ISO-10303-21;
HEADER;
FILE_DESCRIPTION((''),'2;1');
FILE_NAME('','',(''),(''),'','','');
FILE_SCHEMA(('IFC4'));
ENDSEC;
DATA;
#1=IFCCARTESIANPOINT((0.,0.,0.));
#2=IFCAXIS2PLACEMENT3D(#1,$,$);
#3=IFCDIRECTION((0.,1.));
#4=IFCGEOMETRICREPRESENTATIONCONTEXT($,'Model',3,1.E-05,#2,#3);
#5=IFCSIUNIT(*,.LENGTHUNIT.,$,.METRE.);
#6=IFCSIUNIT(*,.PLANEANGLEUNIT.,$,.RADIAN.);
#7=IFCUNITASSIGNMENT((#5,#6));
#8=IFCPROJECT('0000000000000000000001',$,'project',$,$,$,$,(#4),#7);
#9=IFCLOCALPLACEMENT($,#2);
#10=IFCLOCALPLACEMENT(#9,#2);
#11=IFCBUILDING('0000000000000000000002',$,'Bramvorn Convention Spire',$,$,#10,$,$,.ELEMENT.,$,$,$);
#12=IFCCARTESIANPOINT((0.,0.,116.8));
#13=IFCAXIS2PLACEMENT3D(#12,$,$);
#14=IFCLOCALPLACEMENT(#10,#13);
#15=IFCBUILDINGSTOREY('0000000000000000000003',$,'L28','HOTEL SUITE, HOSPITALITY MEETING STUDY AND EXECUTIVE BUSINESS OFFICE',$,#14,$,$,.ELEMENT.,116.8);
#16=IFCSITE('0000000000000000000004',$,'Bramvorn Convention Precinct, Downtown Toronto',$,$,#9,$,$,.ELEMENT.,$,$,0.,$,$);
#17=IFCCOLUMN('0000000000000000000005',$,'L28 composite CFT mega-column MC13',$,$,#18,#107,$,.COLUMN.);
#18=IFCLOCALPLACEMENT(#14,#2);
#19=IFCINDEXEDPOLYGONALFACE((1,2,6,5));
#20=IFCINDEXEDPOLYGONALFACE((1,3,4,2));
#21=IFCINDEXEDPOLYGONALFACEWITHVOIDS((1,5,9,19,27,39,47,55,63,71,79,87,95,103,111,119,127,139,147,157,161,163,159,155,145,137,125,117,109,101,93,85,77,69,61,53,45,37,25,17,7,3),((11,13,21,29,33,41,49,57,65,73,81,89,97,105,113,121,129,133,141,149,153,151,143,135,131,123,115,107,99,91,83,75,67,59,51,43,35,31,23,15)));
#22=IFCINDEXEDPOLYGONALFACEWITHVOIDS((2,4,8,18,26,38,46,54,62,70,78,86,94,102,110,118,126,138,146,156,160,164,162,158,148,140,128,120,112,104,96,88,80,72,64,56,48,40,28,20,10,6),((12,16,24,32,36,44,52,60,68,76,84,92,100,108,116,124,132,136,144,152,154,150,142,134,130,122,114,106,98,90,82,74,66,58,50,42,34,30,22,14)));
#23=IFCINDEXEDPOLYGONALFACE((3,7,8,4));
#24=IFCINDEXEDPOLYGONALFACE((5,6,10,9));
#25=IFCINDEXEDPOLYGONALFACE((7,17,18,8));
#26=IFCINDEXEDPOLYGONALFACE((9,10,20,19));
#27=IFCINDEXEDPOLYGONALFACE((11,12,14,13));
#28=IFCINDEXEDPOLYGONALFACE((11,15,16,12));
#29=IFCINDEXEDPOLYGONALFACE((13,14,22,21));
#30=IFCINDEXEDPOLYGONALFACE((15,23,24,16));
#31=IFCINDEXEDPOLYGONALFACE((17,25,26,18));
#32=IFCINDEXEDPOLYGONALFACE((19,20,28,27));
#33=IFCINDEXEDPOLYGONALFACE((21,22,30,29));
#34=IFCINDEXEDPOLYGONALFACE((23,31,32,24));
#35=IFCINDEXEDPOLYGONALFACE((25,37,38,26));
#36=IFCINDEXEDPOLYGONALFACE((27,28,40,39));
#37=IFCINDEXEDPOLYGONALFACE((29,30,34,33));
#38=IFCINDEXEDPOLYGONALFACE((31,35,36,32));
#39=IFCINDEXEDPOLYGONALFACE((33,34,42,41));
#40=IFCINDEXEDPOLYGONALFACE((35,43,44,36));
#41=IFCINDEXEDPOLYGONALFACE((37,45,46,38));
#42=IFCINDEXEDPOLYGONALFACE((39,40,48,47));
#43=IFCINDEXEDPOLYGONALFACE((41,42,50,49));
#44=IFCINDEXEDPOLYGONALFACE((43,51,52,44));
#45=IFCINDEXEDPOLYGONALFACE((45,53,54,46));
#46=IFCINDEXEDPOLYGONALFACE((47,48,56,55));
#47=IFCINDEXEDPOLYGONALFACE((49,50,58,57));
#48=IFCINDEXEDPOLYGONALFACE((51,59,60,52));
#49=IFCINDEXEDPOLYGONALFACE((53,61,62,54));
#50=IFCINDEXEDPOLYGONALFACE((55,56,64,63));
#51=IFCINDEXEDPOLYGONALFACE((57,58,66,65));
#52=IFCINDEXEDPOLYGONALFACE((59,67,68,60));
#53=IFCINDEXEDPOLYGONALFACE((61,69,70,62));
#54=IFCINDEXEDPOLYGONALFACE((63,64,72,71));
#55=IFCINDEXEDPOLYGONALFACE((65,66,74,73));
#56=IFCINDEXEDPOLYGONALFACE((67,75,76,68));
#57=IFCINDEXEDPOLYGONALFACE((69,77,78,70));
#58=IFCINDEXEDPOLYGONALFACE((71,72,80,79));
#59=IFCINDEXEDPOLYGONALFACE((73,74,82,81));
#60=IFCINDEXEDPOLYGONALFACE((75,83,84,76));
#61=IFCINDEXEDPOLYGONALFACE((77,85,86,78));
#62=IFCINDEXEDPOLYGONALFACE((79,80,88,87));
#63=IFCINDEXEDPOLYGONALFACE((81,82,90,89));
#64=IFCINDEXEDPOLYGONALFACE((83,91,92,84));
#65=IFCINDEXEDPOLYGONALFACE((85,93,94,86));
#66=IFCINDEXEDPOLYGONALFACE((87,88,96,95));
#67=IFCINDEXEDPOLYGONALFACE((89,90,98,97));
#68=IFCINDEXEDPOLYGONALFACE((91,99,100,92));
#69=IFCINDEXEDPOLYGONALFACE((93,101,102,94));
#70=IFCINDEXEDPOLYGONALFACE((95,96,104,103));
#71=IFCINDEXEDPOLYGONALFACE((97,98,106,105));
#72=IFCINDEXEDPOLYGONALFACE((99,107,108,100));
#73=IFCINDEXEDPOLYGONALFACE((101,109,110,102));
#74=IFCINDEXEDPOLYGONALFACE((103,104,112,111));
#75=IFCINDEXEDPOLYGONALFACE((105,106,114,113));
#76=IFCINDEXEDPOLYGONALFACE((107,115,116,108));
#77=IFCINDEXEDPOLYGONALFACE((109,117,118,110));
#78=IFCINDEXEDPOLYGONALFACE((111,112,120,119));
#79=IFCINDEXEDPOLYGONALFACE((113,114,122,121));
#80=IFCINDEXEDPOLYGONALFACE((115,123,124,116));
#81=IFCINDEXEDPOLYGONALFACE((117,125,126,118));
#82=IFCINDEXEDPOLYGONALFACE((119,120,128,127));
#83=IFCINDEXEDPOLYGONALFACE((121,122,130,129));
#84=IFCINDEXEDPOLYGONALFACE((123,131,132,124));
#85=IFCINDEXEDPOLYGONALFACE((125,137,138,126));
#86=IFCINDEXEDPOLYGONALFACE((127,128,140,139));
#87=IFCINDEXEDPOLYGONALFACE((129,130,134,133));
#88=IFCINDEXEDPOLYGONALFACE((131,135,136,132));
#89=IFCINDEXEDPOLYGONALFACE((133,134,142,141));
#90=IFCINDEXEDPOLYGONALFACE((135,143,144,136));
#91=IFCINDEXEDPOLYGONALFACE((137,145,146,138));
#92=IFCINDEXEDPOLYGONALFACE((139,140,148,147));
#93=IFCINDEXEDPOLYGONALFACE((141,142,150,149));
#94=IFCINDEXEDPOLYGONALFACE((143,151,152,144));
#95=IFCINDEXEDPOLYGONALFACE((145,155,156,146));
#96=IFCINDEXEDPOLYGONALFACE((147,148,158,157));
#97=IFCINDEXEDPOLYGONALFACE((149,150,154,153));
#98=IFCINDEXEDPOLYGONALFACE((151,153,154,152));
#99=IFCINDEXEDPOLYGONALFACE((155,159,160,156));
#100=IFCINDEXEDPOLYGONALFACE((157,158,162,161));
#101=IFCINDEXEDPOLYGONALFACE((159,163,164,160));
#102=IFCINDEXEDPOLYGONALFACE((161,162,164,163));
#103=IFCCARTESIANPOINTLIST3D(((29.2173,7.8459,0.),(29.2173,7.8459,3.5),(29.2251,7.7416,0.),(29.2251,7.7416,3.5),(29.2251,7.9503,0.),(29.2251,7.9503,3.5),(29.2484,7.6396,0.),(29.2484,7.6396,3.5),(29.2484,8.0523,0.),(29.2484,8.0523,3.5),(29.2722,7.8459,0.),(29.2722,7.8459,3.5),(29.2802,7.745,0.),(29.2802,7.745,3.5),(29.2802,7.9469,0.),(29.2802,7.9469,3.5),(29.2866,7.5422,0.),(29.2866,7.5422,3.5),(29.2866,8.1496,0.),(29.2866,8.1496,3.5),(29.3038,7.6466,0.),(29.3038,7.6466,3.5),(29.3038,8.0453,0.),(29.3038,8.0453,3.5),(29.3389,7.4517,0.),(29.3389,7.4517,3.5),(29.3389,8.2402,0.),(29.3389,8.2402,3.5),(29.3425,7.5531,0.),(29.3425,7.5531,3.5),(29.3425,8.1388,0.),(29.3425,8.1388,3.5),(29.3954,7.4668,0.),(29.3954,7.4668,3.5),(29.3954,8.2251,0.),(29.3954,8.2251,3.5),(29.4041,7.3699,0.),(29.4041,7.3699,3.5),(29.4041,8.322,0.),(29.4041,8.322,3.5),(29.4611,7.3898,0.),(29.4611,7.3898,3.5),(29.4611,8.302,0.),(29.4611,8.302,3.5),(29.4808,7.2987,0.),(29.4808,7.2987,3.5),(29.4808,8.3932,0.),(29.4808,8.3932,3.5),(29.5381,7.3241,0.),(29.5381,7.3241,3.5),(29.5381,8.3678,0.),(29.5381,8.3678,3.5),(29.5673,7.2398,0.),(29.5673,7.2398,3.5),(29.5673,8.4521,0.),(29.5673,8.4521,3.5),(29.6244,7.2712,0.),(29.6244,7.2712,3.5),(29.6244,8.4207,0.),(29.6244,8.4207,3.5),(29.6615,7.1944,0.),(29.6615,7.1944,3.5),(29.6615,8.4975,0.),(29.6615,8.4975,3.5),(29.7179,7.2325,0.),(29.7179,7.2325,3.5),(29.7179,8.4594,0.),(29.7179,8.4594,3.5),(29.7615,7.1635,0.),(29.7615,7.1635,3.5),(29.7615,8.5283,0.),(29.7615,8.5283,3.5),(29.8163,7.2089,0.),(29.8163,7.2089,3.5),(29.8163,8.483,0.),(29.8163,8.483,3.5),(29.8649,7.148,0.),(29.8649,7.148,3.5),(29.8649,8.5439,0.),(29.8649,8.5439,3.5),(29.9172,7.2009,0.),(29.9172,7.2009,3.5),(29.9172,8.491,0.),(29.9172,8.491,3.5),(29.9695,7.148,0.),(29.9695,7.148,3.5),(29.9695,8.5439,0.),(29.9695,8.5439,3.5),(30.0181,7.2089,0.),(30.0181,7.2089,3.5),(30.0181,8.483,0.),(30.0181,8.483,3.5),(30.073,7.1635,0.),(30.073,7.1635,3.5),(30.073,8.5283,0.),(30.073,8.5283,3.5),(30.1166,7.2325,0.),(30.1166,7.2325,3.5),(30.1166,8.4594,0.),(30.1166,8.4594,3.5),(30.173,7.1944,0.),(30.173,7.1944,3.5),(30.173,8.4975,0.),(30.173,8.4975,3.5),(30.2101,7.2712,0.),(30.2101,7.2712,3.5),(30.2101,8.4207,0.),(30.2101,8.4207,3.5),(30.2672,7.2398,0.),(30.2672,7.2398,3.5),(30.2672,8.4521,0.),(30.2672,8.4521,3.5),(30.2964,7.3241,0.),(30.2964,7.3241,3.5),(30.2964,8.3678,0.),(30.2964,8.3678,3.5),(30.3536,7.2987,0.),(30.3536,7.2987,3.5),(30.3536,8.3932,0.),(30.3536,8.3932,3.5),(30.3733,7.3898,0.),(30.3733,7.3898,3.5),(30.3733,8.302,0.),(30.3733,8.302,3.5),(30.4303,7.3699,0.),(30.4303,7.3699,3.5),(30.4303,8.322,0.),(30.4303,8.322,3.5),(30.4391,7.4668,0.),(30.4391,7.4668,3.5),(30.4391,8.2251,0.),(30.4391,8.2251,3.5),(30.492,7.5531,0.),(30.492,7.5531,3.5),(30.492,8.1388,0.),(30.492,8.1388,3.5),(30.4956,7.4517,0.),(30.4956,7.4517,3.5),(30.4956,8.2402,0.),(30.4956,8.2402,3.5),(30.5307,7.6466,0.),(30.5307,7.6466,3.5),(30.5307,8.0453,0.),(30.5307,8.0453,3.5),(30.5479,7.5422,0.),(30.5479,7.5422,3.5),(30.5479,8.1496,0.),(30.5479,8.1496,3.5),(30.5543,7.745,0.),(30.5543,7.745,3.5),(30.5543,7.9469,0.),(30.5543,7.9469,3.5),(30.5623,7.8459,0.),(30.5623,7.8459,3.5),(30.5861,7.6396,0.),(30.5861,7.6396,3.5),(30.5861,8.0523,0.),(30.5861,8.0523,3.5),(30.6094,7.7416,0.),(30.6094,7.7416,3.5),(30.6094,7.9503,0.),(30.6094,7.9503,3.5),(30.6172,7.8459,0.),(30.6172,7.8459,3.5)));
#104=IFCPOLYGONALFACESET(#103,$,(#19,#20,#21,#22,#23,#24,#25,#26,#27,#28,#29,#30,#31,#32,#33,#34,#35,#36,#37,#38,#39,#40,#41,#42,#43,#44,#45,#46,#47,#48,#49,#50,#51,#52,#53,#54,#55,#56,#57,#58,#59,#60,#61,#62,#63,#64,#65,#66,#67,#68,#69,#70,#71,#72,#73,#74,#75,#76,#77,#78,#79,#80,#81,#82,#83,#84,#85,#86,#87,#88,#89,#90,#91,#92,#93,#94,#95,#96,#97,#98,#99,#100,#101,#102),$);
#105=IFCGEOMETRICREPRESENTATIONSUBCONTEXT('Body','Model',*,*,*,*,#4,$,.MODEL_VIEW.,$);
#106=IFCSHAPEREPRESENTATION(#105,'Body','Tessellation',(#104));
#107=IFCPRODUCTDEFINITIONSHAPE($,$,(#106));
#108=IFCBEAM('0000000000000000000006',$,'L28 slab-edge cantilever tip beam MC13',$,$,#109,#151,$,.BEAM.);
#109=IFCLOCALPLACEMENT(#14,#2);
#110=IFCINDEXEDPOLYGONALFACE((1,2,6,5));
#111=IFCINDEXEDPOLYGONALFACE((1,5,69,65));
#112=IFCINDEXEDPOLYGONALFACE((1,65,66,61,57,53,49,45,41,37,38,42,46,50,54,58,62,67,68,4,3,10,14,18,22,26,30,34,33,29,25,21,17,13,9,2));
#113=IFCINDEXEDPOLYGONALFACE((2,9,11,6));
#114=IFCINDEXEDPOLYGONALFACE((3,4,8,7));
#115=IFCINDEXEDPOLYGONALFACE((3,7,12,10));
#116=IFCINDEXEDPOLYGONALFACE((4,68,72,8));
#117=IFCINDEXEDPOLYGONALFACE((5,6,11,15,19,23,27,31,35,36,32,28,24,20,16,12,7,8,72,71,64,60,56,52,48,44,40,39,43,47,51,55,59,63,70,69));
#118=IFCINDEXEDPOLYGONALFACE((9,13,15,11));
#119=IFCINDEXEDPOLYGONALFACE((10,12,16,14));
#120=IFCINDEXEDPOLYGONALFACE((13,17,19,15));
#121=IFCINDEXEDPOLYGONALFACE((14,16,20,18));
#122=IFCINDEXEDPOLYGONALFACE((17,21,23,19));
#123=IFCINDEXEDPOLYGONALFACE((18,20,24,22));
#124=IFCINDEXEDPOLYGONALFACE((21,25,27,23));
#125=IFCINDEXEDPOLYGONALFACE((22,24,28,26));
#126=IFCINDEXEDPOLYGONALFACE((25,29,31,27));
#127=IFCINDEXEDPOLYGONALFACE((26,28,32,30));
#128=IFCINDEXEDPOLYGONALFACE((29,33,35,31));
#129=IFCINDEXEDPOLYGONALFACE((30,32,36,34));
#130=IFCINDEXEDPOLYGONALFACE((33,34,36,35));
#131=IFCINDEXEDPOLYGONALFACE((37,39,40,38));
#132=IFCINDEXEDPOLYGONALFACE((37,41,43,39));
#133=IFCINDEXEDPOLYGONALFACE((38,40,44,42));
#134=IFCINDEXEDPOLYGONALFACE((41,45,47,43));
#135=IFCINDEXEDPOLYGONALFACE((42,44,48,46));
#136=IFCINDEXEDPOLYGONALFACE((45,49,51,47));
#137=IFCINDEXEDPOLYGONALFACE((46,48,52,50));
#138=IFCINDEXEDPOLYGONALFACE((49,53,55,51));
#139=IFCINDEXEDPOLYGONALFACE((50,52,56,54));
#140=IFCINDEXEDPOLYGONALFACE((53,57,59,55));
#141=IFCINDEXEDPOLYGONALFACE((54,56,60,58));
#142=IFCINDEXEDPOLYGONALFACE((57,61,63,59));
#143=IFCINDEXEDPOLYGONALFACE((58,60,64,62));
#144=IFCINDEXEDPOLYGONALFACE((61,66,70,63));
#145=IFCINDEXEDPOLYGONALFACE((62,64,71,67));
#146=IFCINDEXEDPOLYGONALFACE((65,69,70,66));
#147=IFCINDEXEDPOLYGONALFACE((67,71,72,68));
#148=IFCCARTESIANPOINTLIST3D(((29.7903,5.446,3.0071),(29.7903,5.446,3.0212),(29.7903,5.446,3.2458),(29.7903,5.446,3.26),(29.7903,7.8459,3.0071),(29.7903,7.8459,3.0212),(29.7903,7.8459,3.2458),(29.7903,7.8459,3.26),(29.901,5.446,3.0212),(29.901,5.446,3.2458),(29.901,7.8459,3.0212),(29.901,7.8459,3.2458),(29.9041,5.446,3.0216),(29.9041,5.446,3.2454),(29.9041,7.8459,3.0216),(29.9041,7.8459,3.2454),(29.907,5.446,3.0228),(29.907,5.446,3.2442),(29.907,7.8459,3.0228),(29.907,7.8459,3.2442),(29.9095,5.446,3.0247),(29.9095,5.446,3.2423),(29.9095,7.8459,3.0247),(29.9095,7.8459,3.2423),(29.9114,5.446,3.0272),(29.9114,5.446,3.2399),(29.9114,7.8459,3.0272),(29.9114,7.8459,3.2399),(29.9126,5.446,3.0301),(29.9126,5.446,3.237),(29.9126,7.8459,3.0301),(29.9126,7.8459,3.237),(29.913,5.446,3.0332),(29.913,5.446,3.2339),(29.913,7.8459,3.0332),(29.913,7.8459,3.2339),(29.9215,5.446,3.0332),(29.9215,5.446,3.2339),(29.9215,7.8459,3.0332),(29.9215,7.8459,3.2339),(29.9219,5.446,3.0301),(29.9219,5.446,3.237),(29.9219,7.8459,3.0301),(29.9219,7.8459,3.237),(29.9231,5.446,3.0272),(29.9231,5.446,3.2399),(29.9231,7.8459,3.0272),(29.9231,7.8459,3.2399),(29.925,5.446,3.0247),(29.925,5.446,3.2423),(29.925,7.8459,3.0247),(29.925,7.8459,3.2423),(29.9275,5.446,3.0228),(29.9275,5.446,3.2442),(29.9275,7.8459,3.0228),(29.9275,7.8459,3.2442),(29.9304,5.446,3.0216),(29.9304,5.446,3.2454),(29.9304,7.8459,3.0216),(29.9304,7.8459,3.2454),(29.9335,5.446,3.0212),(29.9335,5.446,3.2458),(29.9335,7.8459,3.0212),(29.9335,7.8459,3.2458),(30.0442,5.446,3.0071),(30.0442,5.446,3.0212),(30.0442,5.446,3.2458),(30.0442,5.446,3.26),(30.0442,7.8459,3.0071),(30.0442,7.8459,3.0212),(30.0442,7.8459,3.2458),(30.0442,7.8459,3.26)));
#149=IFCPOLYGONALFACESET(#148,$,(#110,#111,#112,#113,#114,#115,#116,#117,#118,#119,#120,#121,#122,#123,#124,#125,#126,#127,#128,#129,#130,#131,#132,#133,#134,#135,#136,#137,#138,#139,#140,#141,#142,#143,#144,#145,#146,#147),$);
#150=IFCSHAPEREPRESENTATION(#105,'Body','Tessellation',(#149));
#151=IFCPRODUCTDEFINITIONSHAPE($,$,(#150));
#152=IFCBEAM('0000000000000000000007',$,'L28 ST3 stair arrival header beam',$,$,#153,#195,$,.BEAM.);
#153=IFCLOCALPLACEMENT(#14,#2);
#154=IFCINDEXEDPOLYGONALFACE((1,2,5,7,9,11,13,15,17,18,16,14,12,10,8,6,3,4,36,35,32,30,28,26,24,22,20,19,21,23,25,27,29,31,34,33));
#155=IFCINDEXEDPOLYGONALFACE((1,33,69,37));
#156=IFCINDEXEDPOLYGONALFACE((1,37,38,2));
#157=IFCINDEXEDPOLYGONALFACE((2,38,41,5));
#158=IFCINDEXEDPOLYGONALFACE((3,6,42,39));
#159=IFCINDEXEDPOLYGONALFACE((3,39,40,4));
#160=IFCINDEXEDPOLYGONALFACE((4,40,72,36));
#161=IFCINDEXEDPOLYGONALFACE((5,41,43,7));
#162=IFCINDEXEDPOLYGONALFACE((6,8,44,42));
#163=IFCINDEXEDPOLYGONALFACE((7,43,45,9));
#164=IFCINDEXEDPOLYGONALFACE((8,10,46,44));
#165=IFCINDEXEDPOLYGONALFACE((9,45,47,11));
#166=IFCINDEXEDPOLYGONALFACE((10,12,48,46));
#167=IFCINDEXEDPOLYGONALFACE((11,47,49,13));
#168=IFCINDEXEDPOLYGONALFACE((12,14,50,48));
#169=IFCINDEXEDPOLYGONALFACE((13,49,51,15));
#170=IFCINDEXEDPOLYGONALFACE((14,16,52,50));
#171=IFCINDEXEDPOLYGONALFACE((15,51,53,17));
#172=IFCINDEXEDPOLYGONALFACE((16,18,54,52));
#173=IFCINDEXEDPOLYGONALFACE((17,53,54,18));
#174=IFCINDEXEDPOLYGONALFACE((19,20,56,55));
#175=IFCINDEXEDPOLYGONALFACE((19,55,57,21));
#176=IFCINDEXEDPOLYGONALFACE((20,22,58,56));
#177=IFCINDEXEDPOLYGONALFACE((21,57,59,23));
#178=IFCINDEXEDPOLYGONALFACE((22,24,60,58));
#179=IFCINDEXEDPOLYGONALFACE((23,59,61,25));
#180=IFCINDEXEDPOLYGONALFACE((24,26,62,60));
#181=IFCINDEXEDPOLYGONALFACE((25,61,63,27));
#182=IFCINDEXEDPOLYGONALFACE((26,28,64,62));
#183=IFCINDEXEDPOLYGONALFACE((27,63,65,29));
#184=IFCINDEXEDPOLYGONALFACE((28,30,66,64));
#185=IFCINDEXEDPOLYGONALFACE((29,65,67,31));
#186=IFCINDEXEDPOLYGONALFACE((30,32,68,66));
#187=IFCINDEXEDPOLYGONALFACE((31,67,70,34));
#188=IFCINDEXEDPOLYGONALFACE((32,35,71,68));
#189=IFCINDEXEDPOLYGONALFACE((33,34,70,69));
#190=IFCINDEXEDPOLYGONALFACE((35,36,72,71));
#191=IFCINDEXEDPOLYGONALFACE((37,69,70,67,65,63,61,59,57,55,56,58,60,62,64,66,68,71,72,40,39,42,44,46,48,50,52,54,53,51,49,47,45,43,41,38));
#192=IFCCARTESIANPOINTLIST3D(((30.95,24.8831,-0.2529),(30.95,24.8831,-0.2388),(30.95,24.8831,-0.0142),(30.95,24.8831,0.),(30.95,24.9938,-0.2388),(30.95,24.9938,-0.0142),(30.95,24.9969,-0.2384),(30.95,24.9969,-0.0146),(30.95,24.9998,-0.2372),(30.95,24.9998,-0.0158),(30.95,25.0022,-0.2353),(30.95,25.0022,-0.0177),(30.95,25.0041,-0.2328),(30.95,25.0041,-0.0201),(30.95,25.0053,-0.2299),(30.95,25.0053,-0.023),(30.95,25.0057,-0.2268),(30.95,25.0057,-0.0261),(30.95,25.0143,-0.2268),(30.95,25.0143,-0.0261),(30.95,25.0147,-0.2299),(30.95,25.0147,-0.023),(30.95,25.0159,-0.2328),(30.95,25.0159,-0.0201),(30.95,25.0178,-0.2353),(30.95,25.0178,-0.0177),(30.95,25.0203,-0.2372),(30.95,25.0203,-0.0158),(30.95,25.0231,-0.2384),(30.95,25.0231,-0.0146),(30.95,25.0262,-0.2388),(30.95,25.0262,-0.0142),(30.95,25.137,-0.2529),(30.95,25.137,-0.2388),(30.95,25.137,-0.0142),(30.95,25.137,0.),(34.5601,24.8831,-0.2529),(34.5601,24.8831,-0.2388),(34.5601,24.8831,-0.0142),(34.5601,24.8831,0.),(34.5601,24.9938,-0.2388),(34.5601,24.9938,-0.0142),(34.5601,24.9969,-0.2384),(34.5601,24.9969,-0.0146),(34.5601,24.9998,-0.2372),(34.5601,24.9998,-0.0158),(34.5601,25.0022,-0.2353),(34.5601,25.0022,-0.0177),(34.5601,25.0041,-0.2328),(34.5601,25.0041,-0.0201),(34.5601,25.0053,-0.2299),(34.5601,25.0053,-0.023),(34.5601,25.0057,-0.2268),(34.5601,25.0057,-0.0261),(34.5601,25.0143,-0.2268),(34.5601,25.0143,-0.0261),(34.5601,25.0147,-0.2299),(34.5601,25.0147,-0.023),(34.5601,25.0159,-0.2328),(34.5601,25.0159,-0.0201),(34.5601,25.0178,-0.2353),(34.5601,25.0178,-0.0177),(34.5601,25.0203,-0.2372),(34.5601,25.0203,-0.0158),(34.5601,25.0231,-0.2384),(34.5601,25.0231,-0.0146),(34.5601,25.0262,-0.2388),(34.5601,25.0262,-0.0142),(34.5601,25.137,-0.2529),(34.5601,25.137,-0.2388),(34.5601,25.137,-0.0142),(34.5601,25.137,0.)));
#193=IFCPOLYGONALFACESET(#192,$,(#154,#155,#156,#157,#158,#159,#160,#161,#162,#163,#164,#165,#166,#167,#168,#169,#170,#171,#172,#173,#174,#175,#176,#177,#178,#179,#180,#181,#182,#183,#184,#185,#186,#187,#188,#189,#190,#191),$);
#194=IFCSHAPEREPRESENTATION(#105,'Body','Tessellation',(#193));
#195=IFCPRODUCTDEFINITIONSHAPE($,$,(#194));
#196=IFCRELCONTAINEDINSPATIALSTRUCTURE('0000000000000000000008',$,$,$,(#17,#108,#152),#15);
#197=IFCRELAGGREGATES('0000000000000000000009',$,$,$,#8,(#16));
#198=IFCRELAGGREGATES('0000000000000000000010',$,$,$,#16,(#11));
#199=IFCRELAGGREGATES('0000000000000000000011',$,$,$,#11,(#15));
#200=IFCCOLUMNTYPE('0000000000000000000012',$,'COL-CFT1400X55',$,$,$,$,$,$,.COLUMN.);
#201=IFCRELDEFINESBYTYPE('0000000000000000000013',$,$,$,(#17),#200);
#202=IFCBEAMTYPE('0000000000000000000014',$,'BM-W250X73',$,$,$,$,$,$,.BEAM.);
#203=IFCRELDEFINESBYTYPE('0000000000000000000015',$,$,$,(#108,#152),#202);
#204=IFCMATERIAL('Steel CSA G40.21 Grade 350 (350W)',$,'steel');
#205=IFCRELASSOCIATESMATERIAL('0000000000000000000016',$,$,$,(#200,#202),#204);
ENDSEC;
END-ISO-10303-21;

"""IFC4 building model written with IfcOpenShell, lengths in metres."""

from ifc_helpers import new_model, si_unit, direction, frame, origin, origin_2d, place, context, subcontext, project, spatial, hollow_circle, i_section, extrude, material, material_profile, profile_set, type_object, element, save


model = new_model("IFC4")

# Units and contexts
model_context = context("Model", 3, precision=1e-05, world=origin(), true_north=direction((0.0, 1.0)))
body_context = subcontext(model_context, "Body", "Model", "MODEL_VIEW")
ifc_project = project(units=[si_unit("LENGTHUNIT", "METRE"), si_unit("PLANEANGLEUNIT", "RADIAN")], contexts=[model_context])

# Site, building, storey
site_placement = place(None, origin())
site = spatial("IfcSite", under=ifc_project, at=site_placement, Name="Bramvorn Convention Precinct, Downtown Toronto", CompositionType="ELEMENT", RefElevation=0.0)
building_placement = place(site_placement, origin())
building = spatial("IfcBuilding", under=site, at=building_placement, Name="Bramvorn Convention Spire", CompositionType="ELEMENT")
storey_placement = place(building_placement, frame((0.0, 0.0, 116.8)))
storey = spatial("IfcBuildingStorey", under=building, at=storey_placement, Name="L28", Description="HOTEL SUITE, HOSPITALITY MEETING STUDY AND EXECUTIVE BUSINESS OFFICE", CompositionType="ELEMENT", Elevation=116.8)

# Column
ifc_material_1 = material(Name="Steel CSA G40.21 Grade 350 (350W)", Category="steel")
ifc_material_profile_1 = material_profile(ifc_material_1, hollow_circle(Radius=0.7, WallThickness=0.0549, at=origin_2d()))
ifc_profile_set_1 = profile_set([ifc_material_profile_1], Name="Steel CSA G40.21 Grade 350 (350W) - CFT1400X55")
column_type = type_object("IfcColumnType", Name="COL-CFT1400X55", PredefinedType="COLUMN", material=ifc_profile_set_1)
column_placement = place(storey_placement, frame((29.9172, 7.8459, 0.0), z_axis=(0.0, 0.0, 1.0), x_axis=(1.0, 0.0, 0.0)))
element("IfcColumn", 1, at=column_placement, inside=storey, type_object=column_type, Name="L28 composite CFT mega-column MC13", PredefinedType="COLUMN", context=body_context, shape_type="SweptSolid", body=[
    extrude(hollow_circle(Radius=0.7, WallThickness=0.0549, at=origin_2d()), origin(), (0.0, 0.0, 1.0), 3.5),
])

# Beams
ifc_material_profile_2 = material_profile(ifc_material_1, i_section(OverallWidth=0.2539, OverallDepth=0.2529, WebThickness=0.0085, FlangeThickness=0.0142, FilletRadius=0.012, at=origin_2d()))
ifc_profile_set_2 = profile_set([ifc_material_profile_2], Name="Steel CSA G40.21 Grade 350 (350W) - W250X73")
beam_type_1 = type_object("IfcBeamType", Name="BM-W250X73", PredefinedType="BEAM", material=ifc_profile_set_2)
beam_1_placement = place(storey_placement, frame((29.9172, 7.8459, 3.1335), z_axis=(0.0, -1.0, 0.0), x_axis=(1.0, 0.0, 0.0)))
element("IfcBeam", 2, at=beam_1_placement, inside=storey, type_object=beam_type_1, Name="L28 slab-edge cantilever tip beam MC13", PredefinedType="BEAM", context=body_context, shape_type="SweptSolid", body=[
    extrude(i_section(OverallWidth=0.2539, OverallDepth=0.2529, WebThickness=0.0085, FlangeThickness=0.0142, FilletRadius=0.012, at=origin_2d()), origin(), (0.0, 0.0, 1.0), 2.3999),
])
beam_2_placement = place(storey_placement, frame((30.95, 25.01, -0.1265), z_axis=(1.0, 0.0, 0.0), x_axis=(0.0, 1.0, 0.0)))
element("IfcBeam", 3, at=beam_2_placement, inside=storey, type_object=beam_type_1, Name="L28 ST3 stair arrival header beam", PredefinedType="BEAM", context=body_context, shape_type="SweptSolid", body=[
    extrude(i_section(OverallWidth=0.2539, OverallDepth=0.2529, WebThickness=0.0085, FlangeThickness=0.0142, FilletRadius=0.012, at=origin_2d()), origin(), (0.0, 0.0, 1.0), 3.6101),
])

save(model, "model.ifc")
